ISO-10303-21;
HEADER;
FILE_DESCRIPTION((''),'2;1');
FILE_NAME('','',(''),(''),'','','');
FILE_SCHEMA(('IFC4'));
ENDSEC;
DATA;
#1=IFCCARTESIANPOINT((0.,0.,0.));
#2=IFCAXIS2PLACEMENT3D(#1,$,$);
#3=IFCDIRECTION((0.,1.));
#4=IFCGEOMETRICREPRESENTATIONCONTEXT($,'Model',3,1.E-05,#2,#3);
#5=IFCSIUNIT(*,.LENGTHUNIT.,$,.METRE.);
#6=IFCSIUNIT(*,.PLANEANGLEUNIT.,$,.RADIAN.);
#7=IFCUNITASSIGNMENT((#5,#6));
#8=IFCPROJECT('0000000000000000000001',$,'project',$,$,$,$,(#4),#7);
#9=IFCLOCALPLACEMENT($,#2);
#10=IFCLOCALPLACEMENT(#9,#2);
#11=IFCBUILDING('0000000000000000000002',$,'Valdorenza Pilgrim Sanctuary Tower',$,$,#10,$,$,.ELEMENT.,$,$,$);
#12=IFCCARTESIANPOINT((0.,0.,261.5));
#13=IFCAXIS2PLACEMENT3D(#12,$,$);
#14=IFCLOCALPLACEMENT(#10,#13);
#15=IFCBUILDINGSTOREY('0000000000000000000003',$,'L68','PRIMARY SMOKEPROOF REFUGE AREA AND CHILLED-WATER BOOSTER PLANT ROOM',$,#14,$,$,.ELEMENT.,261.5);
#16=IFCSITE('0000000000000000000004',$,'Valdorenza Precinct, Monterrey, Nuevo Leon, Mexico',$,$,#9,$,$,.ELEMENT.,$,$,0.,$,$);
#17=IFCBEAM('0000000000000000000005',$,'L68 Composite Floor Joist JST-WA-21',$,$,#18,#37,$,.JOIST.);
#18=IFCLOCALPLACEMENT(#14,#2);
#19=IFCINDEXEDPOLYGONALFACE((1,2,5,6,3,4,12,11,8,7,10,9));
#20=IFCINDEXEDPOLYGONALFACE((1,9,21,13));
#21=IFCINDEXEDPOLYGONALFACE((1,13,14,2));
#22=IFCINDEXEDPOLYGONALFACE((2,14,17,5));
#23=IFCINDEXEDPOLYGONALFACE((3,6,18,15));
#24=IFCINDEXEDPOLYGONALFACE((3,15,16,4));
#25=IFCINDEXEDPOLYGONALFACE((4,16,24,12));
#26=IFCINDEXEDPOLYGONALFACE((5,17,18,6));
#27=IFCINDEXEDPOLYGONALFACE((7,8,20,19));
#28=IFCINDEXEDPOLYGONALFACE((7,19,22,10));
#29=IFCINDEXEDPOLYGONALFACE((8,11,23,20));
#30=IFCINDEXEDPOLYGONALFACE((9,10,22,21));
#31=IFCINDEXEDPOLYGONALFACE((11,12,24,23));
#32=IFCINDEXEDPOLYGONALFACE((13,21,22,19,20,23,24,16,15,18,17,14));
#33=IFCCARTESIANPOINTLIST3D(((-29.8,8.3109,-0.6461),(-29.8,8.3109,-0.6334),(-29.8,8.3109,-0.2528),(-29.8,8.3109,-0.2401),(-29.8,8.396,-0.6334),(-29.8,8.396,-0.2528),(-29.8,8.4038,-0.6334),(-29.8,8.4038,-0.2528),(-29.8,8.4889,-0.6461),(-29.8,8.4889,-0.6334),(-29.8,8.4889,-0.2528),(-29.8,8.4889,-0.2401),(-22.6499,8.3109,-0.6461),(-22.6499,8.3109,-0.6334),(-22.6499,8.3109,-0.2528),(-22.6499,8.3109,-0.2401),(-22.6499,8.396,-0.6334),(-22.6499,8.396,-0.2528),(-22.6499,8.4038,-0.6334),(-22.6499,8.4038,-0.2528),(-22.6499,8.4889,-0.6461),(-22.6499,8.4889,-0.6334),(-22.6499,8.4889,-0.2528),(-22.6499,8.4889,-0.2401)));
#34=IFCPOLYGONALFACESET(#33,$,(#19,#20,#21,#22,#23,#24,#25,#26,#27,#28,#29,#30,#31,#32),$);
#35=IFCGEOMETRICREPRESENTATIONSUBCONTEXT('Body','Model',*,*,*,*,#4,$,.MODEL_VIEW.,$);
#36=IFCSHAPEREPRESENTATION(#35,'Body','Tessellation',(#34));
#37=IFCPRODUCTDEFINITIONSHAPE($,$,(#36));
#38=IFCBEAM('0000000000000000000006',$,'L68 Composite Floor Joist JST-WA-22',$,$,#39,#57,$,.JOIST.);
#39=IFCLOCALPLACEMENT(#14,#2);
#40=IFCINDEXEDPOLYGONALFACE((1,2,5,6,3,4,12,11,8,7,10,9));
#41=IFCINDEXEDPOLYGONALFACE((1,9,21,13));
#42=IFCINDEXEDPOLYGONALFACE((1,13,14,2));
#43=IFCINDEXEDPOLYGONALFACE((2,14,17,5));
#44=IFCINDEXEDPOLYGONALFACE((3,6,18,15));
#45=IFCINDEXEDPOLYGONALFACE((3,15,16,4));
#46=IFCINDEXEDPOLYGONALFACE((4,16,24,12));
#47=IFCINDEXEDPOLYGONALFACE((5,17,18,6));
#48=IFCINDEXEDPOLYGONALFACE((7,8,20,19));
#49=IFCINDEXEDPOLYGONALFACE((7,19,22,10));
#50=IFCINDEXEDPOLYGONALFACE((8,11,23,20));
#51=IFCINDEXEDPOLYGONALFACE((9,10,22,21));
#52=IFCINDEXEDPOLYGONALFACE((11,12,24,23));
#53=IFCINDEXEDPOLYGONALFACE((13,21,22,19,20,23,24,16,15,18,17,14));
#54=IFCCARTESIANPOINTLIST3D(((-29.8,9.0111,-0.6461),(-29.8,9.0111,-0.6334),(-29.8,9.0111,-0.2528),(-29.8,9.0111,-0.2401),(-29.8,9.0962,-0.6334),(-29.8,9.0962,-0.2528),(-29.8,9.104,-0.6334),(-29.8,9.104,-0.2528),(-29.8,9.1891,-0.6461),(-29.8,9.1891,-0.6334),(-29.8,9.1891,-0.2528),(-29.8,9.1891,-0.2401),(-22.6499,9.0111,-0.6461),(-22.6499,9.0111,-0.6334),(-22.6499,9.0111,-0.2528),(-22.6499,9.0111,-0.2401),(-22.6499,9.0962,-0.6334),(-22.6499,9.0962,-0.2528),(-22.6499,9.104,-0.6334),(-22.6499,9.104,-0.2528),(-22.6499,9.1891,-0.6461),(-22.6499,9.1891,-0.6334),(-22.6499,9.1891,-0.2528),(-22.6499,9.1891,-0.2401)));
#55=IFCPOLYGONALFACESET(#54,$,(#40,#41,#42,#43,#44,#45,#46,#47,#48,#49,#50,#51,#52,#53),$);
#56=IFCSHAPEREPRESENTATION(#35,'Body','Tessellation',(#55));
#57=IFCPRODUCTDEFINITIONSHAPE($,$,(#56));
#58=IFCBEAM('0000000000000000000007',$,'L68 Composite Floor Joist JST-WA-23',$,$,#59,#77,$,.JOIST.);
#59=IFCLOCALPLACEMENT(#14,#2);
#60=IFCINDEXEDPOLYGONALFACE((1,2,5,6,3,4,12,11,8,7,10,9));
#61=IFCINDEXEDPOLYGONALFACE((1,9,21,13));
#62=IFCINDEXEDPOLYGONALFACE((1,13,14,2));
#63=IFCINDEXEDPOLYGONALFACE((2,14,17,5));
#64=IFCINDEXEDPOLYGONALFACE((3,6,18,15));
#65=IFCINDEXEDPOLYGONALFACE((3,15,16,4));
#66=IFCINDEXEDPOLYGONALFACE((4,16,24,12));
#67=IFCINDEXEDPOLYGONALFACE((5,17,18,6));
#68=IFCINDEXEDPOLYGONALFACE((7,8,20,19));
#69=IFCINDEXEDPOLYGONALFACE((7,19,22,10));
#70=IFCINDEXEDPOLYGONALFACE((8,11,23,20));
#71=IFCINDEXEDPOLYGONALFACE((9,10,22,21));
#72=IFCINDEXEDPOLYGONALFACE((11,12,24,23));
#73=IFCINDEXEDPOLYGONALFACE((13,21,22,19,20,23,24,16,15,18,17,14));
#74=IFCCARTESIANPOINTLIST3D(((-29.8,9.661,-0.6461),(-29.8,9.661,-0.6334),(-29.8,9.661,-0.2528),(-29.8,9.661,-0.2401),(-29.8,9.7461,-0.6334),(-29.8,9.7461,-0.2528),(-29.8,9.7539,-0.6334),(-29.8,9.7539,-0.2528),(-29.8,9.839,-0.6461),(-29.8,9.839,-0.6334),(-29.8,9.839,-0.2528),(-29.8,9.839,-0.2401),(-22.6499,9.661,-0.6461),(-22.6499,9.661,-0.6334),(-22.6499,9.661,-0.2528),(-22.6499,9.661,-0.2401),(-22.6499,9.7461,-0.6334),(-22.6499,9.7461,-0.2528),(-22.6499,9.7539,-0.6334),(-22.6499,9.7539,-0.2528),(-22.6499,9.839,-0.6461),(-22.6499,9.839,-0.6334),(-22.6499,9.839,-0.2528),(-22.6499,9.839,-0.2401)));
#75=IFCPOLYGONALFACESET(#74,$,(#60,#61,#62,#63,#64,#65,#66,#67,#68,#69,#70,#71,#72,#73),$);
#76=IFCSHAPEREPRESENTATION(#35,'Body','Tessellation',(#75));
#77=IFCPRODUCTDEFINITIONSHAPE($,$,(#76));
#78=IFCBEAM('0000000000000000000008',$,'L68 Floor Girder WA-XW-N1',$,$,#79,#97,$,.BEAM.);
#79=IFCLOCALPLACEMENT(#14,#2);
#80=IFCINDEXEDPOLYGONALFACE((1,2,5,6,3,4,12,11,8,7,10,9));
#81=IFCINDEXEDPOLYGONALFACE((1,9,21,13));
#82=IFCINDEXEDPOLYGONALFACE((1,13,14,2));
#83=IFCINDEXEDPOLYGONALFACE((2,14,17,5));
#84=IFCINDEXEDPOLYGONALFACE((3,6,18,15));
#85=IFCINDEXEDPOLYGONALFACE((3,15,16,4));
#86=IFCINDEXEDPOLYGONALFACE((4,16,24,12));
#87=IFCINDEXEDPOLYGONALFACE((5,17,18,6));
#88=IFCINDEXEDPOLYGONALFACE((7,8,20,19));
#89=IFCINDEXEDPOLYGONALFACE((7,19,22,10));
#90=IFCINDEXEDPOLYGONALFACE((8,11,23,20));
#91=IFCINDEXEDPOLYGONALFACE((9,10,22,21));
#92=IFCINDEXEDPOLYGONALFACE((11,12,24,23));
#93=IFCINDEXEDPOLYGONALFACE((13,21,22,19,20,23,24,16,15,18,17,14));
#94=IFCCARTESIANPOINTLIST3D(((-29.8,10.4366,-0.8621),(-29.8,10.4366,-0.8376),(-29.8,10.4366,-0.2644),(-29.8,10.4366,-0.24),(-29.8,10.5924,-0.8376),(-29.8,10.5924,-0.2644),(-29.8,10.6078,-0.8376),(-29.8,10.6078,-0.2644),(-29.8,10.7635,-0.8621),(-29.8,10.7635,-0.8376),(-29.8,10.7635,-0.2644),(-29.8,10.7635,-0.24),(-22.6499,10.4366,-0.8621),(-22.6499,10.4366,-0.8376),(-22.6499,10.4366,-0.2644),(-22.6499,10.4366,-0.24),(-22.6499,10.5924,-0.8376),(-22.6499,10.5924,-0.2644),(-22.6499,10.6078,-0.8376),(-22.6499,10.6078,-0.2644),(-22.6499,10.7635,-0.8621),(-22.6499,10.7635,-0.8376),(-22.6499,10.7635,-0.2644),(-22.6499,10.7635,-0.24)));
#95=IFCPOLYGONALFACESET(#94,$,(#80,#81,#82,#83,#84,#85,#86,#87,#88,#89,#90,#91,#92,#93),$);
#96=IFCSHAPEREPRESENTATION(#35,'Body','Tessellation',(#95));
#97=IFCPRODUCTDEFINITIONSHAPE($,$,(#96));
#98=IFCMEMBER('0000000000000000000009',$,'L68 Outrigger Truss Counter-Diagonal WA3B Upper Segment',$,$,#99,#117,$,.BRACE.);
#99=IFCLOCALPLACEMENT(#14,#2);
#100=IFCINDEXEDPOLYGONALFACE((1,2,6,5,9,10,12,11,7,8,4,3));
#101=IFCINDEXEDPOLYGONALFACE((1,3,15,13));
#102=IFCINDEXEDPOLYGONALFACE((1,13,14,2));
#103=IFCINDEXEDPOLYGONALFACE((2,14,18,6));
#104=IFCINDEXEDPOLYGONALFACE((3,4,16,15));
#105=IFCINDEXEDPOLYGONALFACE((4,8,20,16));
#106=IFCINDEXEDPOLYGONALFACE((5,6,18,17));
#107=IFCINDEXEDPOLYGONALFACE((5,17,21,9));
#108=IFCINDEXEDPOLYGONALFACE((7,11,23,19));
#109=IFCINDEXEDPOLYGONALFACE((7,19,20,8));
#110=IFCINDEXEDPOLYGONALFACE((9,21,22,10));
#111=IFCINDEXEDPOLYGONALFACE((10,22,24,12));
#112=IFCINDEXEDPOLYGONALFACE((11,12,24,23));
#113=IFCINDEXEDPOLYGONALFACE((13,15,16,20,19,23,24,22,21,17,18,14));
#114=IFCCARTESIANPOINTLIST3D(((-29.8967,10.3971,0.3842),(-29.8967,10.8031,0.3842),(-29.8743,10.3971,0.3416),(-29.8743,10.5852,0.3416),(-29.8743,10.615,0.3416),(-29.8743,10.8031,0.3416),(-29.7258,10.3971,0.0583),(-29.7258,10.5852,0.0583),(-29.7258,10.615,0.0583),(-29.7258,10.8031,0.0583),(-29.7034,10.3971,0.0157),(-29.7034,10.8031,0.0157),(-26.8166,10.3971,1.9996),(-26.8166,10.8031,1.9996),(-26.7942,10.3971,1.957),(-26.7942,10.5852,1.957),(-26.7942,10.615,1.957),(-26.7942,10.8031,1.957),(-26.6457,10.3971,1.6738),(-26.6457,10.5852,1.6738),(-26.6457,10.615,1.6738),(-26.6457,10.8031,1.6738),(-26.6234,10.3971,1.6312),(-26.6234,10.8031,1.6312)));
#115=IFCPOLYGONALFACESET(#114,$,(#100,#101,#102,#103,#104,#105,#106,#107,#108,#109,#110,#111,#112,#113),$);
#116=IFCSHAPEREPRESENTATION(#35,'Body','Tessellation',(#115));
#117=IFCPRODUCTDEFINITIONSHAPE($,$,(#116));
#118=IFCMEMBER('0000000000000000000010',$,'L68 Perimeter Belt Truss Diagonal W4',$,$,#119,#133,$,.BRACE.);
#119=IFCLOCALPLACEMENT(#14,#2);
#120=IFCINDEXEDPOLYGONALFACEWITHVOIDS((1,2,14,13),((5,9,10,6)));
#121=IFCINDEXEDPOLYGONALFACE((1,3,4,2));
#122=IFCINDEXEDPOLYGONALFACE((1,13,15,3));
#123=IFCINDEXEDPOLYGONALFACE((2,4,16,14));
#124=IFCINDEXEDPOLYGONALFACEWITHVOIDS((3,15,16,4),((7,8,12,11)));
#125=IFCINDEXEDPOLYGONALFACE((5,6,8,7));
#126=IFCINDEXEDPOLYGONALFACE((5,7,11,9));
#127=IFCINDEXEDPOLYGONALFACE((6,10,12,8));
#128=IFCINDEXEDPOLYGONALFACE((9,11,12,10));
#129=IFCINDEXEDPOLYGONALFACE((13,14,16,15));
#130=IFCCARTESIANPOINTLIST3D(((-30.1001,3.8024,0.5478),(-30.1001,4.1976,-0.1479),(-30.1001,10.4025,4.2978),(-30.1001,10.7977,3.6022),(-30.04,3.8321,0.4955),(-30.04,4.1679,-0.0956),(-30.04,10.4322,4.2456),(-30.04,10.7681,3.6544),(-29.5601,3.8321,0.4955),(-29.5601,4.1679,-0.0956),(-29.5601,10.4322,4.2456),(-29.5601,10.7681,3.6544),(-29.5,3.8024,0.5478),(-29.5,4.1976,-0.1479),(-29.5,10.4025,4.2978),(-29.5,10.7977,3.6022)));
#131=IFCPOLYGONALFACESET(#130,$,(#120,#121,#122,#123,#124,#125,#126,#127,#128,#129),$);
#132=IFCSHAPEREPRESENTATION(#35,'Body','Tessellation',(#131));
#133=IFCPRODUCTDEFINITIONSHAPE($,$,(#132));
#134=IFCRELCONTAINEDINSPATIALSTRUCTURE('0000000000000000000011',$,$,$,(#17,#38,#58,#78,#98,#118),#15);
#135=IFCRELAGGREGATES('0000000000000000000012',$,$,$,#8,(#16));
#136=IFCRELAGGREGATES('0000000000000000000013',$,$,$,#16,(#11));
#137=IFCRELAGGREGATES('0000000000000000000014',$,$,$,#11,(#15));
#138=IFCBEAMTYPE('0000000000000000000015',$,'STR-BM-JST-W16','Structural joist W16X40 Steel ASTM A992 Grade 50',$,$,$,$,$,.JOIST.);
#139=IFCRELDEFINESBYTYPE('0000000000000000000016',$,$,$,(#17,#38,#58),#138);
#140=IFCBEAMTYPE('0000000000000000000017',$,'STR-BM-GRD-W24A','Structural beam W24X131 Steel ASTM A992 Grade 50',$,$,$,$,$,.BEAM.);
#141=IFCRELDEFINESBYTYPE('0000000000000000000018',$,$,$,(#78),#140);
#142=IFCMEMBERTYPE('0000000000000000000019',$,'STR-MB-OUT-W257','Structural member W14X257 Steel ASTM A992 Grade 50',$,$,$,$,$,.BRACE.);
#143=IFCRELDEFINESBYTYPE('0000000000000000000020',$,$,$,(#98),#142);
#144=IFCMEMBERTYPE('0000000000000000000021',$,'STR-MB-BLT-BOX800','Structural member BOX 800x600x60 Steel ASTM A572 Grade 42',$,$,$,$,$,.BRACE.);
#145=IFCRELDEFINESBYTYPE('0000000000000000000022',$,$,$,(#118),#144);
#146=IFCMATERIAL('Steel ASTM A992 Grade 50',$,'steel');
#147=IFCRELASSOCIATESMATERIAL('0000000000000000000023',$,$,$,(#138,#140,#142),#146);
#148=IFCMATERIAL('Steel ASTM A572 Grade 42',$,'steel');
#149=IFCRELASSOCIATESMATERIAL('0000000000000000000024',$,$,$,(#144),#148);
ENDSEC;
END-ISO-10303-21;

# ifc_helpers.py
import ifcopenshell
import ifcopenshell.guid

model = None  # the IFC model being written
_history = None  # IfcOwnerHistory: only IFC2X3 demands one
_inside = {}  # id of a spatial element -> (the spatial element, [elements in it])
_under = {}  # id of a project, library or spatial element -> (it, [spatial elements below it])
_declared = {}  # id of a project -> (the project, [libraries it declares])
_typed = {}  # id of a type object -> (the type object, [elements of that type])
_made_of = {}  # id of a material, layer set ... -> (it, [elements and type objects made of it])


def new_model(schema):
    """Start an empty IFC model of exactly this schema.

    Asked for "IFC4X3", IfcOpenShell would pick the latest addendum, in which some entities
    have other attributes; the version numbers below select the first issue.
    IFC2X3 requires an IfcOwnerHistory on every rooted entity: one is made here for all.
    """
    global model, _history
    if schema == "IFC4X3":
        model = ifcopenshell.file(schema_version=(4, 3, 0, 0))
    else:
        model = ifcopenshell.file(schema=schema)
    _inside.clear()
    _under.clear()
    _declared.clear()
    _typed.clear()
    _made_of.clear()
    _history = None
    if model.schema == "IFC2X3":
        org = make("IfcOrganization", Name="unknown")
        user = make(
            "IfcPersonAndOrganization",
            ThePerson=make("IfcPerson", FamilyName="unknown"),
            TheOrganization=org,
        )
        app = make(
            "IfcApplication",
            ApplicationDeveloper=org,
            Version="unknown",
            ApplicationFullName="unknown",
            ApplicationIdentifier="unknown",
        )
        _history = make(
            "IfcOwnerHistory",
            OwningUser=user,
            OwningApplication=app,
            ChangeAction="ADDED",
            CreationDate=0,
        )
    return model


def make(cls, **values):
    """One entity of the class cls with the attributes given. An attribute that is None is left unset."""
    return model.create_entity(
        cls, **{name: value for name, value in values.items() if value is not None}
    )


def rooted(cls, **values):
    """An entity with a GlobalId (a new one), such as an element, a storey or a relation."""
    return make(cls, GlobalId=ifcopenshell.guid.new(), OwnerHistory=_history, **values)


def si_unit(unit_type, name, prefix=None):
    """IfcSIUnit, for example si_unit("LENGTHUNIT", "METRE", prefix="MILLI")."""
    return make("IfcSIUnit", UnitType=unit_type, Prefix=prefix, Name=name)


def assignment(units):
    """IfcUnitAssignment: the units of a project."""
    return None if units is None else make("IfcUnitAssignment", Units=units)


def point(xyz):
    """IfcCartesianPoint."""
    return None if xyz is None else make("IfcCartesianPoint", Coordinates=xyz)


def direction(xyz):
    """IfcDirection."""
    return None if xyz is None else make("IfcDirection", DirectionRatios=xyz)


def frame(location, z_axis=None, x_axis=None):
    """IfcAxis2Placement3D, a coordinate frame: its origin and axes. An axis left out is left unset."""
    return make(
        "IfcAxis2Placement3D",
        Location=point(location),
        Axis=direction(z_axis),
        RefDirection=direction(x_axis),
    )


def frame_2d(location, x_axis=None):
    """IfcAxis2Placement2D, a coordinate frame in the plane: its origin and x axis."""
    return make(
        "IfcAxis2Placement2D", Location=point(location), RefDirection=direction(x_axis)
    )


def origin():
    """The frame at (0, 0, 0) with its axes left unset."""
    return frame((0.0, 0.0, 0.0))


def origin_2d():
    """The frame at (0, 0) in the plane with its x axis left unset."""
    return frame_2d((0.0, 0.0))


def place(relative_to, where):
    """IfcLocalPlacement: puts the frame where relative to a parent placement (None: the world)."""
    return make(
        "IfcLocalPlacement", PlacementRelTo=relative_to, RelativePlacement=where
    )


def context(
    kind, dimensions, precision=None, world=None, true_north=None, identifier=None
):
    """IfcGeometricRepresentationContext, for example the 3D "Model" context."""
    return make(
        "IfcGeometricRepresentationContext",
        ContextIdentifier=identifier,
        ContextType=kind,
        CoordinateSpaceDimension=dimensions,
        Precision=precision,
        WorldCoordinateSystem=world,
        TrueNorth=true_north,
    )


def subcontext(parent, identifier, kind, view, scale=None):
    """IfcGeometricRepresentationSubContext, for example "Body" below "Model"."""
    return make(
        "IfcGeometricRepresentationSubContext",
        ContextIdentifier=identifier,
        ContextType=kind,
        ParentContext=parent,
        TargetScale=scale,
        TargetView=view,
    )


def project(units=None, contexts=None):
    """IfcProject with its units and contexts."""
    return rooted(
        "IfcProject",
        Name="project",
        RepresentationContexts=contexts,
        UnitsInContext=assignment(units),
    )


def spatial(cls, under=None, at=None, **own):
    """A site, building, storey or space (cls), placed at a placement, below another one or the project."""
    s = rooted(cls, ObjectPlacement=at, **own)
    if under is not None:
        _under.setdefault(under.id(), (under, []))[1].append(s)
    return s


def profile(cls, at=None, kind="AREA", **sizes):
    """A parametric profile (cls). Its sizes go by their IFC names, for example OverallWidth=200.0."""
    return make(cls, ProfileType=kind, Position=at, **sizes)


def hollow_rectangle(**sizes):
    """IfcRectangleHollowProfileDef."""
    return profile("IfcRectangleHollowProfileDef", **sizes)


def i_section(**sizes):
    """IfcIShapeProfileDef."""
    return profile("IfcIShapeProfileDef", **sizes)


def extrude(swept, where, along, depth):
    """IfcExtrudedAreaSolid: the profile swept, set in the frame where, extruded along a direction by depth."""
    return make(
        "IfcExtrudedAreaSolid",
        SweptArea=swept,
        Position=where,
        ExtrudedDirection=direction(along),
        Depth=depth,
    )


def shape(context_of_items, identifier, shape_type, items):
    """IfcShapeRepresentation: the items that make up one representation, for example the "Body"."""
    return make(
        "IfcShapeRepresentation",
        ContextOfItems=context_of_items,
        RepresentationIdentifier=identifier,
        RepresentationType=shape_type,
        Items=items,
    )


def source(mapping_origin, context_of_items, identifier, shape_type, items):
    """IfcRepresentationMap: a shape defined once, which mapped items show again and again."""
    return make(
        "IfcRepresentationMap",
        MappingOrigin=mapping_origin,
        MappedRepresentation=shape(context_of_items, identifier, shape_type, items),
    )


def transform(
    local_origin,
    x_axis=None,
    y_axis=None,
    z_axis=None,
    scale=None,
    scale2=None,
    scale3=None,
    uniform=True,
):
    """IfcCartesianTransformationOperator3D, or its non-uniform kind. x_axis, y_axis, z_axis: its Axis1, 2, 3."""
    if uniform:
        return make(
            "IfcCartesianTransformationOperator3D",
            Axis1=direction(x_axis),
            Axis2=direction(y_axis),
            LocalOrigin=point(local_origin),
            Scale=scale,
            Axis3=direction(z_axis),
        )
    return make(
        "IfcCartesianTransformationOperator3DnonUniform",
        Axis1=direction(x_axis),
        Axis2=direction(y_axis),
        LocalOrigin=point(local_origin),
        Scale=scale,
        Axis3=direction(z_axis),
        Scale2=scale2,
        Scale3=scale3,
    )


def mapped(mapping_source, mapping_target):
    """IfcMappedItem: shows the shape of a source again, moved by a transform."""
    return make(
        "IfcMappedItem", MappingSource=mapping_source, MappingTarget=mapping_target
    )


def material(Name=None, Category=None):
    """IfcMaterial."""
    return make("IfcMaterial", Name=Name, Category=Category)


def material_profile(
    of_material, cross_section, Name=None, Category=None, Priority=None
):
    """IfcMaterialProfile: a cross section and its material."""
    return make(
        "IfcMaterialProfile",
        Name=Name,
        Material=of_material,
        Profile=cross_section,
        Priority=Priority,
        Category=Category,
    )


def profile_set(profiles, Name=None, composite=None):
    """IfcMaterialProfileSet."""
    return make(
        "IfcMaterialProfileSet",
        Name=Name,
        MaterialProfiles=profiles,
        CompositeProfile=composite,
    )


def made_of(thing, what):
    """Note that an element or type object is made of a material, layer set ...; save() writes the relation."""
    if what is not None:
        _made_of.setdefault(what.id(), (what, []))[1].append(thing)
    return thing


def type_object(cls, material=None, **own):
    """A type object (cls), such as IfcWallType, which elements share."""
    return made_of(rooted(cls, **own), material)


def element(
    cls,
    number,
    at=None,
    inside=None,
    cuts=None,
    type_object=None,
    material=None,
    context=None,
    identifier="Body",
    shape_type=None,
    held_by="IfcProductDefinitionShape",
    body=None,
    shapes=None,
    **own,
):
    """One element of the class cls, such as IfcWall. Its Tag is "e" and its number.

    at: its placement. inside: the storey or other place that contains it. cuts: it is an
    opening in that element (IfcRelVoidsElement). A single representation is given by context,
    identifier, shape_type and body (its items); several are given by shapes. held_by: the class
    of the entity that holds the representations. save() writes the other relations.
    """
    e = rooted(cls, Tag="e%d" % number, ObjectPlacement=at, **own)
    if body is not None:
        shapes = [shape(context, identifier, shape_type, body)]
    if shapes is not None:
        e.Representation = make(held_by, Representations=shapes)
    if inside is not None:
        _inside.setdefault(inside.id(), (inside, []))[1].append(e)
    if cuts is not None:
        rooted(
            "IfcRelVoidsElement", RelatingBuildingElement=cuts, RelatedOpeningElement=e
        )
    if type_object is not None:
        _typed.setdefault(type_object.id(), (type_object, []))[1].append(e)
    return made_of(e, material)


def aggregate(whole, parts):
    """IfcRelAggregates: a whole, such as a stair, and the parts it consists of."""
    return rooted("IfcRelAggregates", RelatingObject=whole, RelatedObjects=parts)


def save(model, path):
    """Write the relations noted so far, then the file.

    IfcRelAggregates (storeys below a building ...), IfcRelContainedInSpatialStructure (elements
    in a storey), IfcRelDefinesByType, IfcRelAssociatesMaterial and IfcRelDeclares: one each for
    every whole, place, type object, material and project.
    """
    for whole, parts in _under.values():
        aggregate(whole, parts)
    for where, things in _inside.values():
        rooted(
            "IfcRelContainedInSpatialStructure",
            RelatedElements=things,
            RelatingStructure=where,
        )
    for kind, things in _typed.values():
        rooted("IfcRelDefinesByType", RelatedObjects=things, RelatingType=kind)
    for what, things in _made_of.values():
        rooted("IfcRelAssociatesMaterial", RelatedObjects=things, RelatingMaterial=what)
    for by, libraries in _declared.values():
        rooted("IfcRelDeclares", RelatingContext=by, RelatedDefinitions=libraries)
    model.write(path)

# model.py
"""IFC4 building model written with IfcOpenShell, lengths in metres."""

from ifc_helpers import new_model, si_unit, direction, frame, origin, origin_2d, place, context, subcontext, project, spatial, hollow_rectangle, i_section, extrude, source, transform, mapped, material, material_profile, profile_set, type_object, element, save


model = new_model("IFC4")

# Units and contexts
model_context = context("Model", 3, precision=1e-05, world=origin(), true_north=direction((0.0, 1.0)))
body_context = subcontext(model_context, "Body", "Model", "MODEL_VIEW")
ifc_project = project(units=[si_unit("LENGTHUNIT", "METRE"), si_unit("PLANEANGLEUNIT", "RADIAN")], contexts=[model_context])

# Site, building, storey
site_placement = place(None, origin())
site = spatial("IfcSite", under=ifc_project, at=site_placement, Name="Valdorenza Precinct, Monterrey, Nuevo Leon, Mexico", CompositionType="ELEMENT", RefElevation=0.0)
building_placement = place(site_placement, origin())
building = spatial("IfcBuilding", under=site, at=building_placement, Name="Valdorenza Pilgrim Sanctuary Tower", CompositionType="ELEMENT")
storey_placement = place(building_placement, frame((0.0, 0.0, 261.5)))
storey = spatial("IfcBuildingStorey", under=building, at=storey_placement, Name="L68", Description="PRIMARY SMOKEPROOF REFUGE AREA AND CHILLED-WATER BOOSTER PLANT ROOM", CompositionType="ELEMENT", Elevation=261.5)

# Beams
ifc_material_1 = material(Name="Steel ASTM A992 Grade 50", Category="steel")
ifc_material_profile_1 = material_profile(ifc_material_1, i_section(OverallWidth=0.178, OverallDepth=0.406, WebThickness=0.0078, FlangeThickness=0.0127, at=origin_2d()), Name="W16X40")
ifc_profile_set_1 = profile_set([ifc_material_profile_1], Name="Steel ASTM A992 Grade 50")
beam_type_1 = type_object("IfcBeamType", Name="STR-BM-JST-W16", Description="Structural joist W16X40 Steel ASTM A992 Grade 50", PredefinedType="JOIST", material=ifc_profile_set_1)
shared_shape_1 = source(origin(), body_context, "Body", "SweptSolid", [
    extrude(i_section(OverallWidth=0.178, OverallDepth=0.406, WebThickness=0.0078, FlangeThickness=0.0127, at=origin_2d()), origin(), (0.0, 0.0, 1.0), 7.1501),
])
for number, where, z_axis, x_axis, name in (
    (1, (-29.8, 8.3999, -0.4431), (1.0, 0.0, 0.0), (0.0, 1.0, 0.0), "L68 Composite Floor Joist JST-WA-21"),
    (2, (-29.8, 9.1001, -0.4431), (1.0, 0.0, 0.0), (0.0, 1.0, 0.0), "L68 Composite Floor Joist JST-WA-22"),
    (3, (-29.8, 9.75, -0.4431), (1.0, 0.0, 0.0), (0.0, 1.0, 0.0), "L68 Composite Floor Joist JST-WA-23"),
):
    element("IfcBeam", number, at=place(storey_placement, frame(where, z_axis=z_axis, x_axis=x_axis)), inside=storey, type_object=beam_type_1, Name=name, PredefinedType="JOIST", context=body_context, shape_type="MappedRepresentation", body=[
        mapped(shared_shape_1, transform((0.0, 0.0, 0.0), x_axis=(1.0, 0.0, 0.0), y_axis=(0.0, 1.0, 0.0), z_axis=(0.0, 0.0, 1.0), scale=1.0)),
    ])
ifc_material_profile_2 = material_profile(ifc_material_1, i_section(OverallWidth=0.3269, OverallDepth=0.6221, WebThickness=0.0154, FlangeThickness=0.0244, at=origin_2d()), Name="W24X131")
ifc_profile_set_2 = profile_set([ifc_material_profile_2], Name="Steel ASTM A992 Grade 50")
beam_type_2 = type_object("IfcBeamType", Name="STR-BM-GRD-W24A", Description="Structural beam W24X131 Steel ASTM A992 Grade 50", PredefinedType="BEAM", material=ifc_profile_set_2)
shared_shape_2 = source(origin(), body_context, "Body", "SweptSolid", [
    extrude(i_section(OverallWidth=0.3269, OverallDepth=0.6221, WebThickness=0.0154, FlangeThickness=0.0244, at=origin_2d()), origin(), (0.0, 0.0, 1.0), 7.1501),
])
beam_1_placement = place(storey_placement, frame((-29.8, 10.6001, -0.551), z_axis=(1.0, 0.0, 0.0), x_axis=(0.0, 1.0, 0.0)))
element("IfcBeam", 4, at=beam_1_placement, inside=storey, type_object=beam_type_2, Name="L68 Floor Girder WA-XW-N1", PredefinedType="BEAM", context=body_context, shape_type="MappedRepresentation", body=[
    mapped(shared_shape_2, transform((0.0, 0.0, 0.0), x_axis=(1.0, 0.0, 0.0), y_axis=(0.0, 1.0, 0.0), z_axis=(0.0, 0.0, 1.0), scale=1.0)),
])

# Members
ifc_material_profile_3 = material_profile(ifc_material_1, i_section(OverallWidth=0.406, OverallDepth=0.416, WebThickness=0.0298, FlangeThickness=0.0481, at=origin_2d()), Name="W14X257")
ifc_profile_set_3 = profile_set([ifc_material_profile_3], Name="Steel ASTM A992 Grade 50")
member_type_1 = type_object("IfcMemberType", Name="STR-MB-OUT-W257", Description="Structural member W14X257 Steel ASTM A992 Grade 50", PredefinedType="BRACE", material=ifc_profile_set_3)
shared_shape_3 = source(origin(), body_context, "Body", "SweptSolid", [
    extrude(i_section(OverallWidth=0.406, OverallDepth=0.416, WebThickness=0.0298, FlangeThickness=0.0481, at=origin_2d()), origin(), (0.0, 0.0, 1.0), 3.478),
])
member_1_placement = place(storey_placement, frame((-26.72, 10.6001, 1.8154), z_axis=(-0.885583, 0.0, -0.464482), x_axis=(0.0, -1.0, 0.0)))
element("IfcMember", 5, at=member_1_placement, inside=storey, type_object=member_type_1, Name="L68 Outrigger Truss Counter-Diagonal WA3B Upper Segment", PredefinedType="BRACE", context=body_context, shape_type="MappedRepresentation", body=[
    mapped(shared_shape_3, transform((0.0, 0.0, 0.0), x_axis=(1.0, 0.0, 0.0), y_axis=(0.0, 1.0, 0.0), z_axis=(0.0, 0.0, 1.0), scale=1.0)),
])
ifc_material_2 = material(Name="Steel ASTM A572 Grade 42", Category="steel")
ifc_material_profile_4 = material_profile(ifc_material_2, hollow_rectangle(XDim=0.6001, YDim=0.8, WallThickness=0.0601, at=origin_2d()), Name="BOX 800x600x60")
ifc_profile_set_4 = profile_set([ifc_material_profile_4], Name="Steel ASTM A572 Grade 42")
member_type_2 = type_object("IfcMemberType", Name="STR-MB-BLT-BOX800", Description="Structural member BOX 800x600x60 Steel ASTM A572 Grade 42", PredefinedType="BRACE", material=ifc_profile_set_4)
shared_shape_4 = source(origin(), body_context, "Body", "SweptSolid", [
    extrude(hollow_rectangle(XDim=0.6001, YDim=0.8, WallThickness=0.0601, at=origin_2d()), origin(), (0.0, 0.0, 1.0), 7.5911),
])
member_2_placement = place(storey_placement, frame((-29.8, 4.0, 0.2), z_axis=(0.0, 0.86946, 0.494004), x_axis=(-1.0, 0.0, 0.0)))
element("IfcMember", 6, at=member_2_placement, inside=storey, type_object=member_type_2, Name="L68 Perimeter Belt Truss Diagonal W4", PredefinedType="BRACE", context=body_context, shape_type="MappedRepresentation", body=[
    mapped(shared_shape_4, transform((0.0, 0.0, 0.0), x_axis=(1.0, 0.0, 0.0), y_axis=(0.0, 1.0, 0.0), z_axis=(0.0, 0.0, 1.0), scale=1.0)),
])

save(model, "model.ifc")
